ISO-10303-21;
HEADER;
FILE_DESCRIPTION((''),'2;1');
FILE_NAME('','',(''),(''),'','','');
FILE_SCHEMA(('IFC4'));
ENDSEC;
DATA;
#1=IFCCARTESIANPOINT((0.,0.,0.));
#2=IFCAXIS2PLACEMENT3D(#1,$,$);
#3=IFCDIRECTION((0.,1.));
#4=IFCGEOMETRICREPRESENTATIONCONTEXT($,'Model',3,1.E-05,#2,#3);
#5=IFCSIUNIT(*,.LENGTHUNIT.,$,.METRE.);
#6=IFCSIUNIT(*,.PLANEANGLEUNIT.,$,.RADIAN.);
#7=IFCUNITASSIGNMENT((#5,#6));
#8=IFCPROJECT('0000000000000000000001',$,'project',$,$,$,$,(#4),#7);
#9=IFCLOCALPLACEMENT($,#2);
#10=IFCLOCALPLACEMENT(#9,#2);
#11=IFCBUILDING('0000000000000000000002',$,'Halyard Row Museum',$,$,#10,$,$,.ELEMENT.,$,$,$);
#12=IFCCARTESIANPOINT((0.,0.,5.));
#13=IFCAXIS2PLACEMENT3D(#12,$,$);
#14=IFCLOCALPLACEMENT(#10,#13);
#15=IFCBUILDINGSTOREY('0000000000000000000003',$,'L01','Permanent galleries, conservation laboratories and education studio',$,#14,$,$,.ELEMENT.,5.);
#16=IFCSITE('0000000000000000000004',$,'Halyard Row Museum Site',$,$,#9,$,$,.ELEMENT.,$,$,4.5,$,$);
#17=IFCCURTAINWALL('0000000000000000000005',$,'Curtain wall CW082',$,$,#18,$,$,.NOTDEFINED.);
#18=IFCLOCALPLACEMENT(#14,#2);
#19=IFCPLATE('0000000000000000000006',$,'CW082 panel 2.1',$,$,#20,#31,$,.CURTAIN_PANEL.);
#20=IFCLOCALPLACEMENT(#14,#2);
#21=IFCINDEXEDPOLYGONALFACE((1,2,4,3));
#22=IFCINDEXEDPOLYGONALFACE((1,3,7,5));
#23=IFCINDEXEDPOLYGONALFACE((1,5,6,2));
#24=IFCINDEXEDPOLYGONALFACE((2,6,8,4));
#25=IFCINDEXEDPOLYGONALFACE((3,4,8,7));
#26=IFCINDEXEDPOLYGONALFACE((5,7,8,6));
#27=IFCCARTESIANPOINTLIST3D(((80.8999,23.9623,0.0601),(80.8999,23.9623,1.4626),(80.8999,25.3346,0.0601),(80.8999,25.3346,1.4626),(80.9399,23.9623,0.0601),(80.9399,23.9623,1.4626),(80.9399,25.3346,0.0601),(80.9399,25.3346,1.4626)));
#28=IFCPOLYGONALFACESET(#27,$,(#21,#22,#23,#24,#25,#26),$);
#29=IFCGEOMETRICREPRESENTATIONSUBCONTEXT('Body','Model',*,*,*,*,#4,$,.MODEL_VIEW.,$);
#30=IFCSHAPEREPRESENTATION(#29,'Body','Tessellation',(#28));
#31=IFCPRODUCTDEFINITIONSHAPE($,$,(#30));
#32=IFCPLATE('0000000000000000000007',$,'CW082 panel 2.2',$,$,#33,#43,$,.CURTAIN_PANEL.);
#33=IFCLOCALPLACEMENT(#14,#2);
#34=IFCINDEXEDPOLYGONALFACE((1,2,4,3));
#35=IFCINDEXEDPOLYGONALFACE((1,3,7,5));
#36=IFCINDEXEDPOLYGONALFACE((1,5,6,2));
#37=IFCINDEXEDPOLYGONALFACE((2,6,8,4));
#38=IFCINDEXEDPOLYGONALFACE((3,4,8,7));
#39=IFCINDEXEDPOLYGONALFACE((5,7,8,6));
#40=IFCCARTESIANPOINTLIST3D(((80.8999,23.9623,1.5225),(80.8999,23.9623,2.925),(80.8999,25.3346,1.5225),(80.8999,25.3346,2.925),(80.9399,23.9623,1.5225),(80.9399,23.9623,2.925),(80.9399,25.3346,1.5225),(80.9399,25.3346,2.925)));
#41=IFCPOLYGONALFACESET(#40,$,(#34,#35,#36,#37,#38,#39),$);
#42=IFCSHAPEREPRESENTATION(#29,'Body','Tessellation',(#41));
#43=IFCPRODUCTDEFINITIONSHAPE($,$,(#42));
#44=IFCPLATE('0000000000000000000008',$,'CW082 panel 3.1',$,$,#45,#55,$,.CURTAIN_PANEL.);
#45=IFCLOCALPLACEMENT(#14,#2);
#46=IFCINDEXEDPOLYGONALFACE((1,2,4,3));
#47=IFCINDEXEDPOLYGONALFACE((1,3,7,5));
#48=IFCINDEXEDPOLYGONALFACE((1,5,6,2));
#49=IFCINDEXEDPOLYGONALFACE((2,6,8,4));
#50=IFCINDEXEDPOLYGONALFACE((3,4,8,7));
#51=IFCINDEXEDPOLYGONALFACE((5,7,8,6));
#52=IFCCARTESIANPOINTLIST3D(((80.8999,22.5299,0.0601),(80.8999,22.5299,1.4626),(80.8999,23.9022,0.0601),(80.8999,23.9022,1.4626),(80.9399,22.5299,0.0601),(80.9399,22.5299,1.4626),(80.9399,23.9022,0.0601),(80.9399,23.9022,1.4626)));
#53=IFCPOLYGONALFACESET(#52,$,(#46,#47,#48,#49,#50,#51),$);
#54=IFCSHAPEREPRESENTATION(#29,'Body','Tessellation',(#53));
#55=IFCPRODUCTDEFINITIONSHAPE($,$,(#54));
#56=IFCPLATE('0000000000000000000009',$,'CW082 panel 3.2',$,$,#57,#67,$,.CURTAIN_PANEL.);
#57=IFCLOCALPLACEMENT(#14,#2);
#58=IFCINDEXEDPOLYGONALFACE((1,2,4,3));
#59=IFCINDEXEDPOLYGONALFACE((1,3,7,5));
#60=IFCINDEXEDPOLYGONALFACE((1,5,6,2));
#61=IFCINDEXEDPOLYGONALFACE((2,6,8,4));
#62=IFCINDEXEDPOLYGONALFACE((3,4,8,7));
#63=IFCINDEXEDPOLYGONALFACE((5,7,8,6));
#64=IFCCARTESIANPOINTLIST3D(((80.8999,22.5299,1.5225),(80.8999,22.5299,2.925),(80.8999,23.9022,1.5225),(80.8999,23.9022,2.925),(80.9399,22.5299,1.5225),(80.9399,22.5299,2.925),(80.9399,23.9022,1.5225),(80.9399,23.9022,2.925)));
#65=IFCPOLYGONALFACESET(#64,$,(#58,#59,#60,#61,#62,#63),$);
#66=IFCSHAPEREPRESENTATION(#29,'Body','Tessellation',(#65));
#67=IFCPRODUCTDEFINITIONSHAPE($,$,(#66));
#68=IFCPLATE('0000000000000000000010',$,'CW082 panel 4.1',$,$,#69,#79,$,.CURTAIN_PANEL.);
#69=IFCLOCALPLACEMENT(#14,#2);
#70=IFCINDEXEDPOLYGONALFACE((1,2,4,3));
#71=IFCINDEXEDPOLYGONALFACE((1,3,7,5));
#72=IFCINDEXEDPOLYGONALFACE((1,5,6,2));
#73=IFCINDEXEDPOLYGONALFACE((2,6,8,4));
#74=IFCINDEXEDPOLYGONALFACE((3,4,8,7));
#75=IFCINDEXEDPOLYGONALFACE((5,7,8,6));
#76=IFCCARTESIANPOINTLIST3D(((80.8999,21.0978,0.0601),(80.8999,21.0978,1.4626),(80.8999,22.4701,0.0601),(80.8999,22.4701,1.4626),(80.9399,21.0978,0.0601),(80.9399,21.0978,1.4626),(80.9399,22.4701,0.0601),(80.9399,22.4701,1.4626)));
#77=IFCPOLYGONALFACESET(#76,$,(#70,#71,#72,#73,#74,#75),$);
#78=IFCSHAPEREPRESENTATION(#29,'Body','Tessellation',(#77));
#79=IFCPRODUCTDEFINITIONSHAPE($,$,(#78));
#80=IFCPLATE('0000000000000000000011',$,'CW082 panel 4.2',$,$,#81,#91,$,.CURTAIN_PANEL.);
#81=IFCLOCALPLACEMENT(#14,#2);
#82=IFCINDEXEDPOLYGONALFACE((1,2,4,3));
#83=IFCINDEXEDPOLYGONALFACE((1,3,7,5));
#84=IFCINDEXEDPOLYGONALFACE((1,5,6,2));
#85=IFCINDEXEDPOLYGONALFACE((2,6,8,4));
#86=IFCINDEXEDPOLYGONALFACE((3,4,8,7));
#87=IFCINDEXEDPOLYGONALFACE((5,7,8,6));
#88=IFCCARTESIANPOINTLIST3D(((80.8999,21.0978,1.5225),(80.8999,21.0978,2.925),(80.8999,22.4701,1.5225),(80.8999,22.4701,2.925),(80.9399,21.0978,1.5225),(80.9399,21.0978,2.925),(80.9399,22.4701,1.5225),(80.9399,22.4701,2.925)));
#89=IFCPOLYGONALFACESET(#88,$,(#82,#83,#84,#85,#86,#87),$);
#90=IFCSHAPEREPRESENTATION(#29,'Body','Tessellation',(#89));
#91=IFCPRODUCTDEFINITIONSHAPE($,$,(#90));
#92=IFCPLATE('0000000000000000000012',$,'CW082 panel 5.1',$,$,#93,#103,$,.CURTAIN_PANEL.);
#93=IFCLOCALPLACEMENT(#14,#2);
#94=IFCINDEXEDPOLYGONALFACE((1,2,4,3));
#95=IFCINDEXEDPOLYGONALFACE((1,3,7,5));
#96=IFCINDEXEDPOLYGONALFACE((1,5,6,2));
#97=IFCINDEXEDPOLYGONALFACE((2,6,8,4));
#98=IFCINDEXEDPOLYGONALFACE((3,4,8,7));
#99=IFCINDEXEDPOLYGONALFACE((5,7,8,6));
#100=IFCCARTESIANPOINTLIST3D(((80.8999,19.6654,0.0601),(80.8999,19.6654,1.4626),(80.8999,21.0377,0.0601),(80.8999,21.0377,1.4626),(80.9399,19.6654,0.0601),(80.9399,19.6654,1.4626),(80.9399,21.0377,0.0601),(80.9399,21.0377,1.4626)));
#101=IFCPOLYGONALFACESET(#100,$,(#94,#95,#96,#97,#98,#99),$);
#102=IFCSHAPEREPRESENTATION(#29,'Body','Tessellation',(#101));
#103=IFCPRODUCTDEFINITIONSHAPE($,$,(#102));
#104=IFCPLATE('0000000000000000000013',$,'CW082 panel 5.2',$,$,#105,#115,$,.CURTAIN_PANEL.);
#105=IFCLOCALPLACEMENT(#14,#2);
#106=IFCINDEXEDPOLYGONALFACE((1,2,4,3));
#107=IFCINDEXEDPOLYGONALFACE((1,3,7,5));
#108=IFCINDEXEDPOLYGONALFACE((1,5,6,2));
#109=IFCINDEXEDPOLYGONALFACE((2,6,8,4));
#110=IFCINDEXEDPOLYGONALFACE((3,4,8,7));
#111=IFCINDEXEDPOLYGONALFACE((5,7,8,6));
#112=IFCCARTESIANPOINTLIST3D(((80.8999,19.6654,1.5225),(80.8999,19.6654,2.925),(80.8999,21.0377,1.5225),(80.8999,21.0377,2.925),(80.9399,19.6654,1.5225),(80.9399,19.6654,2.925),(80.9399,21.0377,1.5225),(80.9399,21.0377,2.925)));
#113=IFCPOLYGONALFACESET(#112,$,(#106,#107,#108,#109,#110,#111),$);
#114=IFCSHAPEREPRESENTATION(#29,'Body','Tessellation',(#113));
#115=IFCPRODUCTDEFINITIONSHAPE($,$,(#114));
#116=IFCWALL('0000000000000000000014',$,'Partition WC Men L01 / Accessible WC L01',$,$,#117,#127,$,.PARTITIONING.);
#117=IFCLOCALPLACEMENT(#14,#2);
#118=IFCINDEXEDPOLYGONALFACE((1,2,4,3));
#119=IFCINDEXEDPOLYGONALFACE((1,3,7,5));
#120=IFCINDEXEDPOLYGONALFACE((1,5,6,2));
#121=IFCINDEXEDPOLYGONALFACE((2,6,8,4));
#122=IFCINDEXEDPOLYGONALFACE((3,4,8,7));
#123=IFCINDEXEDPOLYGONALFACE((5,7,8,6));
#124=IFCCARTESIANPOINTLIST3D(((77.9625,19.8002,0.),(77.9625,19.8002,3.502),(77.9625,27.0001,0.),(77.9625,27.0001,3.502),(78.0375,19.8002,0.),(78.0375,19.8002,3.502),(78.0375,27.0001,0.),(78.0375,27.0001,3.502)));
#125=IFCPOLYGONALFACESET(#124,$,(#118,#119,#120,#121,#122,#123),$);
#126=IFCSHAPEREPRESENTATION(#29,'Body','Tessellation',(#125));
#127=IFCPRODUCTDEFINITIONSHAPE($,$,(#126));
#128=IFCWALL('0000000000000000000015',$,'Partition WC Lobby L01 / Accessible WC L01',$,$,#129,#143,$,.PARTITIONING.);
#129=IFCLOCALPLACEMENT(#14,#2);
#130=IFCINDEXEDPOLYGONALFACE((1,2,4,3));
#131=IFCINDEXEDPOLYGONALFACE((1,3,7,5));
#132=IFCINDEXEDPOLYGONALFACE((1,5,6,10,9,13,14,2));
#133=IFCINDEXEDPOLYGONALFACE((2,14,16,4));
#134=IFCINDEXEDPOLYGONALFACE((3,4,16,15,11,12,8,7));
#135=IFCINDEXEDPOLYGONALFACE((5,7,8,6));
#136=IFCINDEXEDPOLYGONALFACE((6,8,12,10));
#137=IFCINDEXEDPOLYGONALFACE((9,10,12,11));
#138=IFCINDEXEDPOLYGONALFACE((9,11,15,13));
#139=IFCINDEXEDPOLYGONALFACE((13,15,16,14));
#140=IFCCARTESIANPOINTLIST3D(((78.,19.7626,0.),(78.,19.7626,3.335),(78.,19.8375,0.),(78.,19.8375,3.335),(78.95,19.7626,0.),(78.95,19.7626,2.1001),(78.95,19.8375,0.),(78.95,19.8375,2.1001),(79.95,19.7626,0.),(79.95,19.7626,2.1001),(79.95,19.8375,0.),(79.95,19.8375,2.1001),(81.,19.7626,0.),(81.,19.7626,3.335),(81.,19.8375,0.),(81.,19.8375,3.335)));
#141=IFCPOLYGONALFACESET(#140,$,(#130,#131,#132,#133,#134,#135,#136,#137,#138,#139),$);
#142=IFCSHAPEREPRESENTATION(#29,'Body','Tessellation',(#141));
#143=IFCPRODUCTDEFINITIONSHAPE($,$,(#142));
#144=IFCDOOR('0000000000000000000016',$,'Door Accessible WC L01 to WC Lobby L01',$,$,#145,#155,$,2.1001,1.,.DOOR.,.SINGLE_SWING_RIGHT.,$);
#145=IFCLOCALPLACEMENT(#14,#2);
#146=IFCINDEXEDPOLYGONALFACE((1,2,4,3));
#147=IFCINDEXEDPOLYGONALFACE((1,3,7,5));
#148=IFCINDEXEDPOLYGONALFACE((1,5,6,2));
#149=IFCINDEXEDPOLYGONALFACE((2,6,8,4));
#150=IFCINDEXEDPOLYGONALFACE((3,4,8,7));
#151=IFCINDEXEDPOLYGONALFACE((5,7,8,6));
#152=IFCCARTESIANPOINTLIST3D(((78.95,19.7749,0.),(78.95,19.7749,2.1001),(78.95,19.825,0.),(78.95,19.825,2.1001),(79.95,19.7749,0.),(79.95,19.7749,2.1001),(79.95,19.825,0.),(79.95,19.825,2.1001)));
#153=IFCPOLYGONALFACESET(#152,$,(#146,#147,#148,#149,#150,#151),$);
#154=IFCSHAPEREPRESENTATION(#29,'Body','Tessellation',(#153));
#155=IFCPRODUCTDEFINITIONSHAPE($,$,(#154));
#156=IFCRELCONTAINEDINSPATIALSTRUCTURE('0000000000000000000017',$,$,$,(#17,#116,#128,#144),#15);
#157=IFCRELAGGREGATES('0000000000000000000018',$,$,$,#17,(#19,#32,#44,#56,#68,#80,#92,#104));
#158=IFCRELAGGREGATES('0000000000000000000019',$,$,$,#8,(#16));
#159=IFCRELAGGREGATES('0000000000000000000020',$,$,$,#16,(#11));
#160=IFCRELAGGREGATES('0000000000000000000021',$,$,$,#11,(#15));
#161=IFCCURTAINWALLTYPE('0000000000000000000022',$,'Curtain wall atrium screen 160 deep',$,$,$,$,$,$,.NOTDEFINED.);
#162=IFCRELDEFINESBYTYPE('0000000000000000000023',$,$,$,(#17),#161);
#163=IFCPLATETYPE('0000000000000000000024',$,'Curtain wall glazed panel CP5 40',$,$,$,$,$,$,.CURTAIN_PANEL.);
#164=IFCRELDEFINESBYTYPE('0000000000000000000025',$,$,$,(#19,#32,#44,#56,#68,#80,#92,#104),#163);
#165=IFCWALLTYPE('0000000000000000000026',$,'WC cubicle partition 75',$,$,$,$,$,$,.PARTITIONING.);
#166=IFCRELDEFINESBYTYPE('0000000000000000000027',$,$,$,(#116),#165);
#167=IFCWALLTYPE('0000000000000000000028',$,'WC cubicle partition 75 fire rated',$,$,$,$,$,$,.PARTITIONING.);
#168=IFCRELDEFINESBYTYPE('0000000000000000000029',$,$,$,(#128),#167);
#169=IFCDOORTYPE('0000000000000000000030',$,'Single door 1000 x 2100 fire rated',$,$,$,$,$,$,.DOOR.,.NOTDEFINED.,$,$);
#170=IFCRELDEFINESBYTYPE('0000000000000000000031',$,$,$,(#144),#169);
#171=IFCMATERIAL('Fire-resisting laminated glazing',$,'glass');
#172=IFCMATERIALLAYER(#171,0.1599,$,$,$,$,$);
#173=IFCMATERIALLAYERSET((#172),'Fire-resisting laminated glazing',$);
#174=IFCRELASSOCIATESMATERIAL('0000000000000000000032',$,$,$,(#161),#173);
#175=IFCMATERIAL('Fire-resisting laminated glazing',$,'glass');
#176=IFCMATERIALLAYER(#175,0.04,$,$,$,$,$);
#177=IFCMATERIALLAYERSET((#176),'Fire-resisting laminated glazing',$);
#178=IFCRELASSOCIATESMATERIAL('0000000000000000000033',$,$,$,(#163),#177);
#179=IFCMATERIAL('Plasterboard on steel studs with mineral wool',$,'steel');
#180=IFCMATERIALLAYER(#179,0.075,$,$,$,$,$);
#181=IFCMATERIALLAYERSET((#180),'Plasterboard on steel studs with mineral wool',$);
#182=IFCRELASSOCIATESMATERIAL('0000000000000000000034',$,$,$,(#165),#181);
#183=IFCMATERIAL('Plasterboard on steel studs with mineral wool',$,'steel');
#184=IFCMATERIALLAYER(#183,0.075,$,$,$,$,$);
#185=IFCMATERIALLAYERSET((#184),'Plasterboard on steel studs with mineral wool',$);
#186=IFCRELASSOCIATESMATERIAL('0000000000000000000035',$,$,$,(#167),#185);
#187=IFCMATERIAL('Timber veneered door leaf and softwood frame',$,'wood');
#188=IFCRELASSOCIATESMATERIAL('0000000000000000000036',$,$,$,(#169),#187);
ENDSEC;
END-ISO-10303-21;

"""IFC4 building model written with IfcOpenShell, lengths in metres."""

from ifc_helpers import new_model, si_unit, direction, frame, frame_2d, origin, origin_2d, place, context, subcontext, project, spatial, rectangle, extrude, material, layer, layer_set, type_object, element, fill, aggregate, save


model = new_model("IFC4")

# Units and contexts
model_context = context("Model", 3, precision=1e-05, world=origin(), true_north=direction((0.0, 1.0)))
body_context = subcontext(model_context, "Body", "Model", "MODEL_VIEW")
ifc_project = project(units=[si_unit("LENGTHUNIT", "METRE"), si_unit("PLANEANGLEUNIT", "RADIAN")], contexts=[model_context])

# Site, building, storey
site_placement = place(None, origin())
site = spatial("IfcSite", under=ifc_project, at=site_placement, Name="Halyard Row Museum Site", CompositionType="ELEMENT", RefElevation=4.5)
building_placement = place(site_placement, origin())
building = spatial("IfcBuilding", under=site, at=building_placement, Name="Halyard Row Museum", CompositionType="ELEMENT")
storey_placement = place(building_placement, frame((0.0, 0.0, 5.0)))
storey = spatial("IfcBuildingStorey", under=building, at=storey_placement, Name="L01", Description="Permanent galleries, conservation laboratories and education studio", CompositionType="ELEMENT", Elevation=5.0)

# Curtain wall, plates
ifc_material_1 = material(Name="Fire-resisting laminated glazing", Category="glass")
ifc_layer_1 = layer(ifc_material_1, 0.1599)
ifc_layer_set_1 = layer_set([ifc_layer_1], Name="Fire-resisting laminated glazing")
curtain_wall_type = type_object("IfcCurtainWallType", Name="Curtain wall atrium screen 160 deep", PredefinedType="NOTDEFINED", material=ifc_layer_set_1)
curtain_wall_placement = place(storey_placement, origin())
curtain_wall = element("IfcCurtainWall", 1, at=curtain_wall_placement, inside=storey, type_object=curtain_wall_type, Name="Curtain wall CW082", PredefinedType="NOTDEFINED")
ifc_material_2 = material(Name="Fire-resisting laminated glazing", Category="glass")
ifc_layer_2 = layer(ifc_material_2, 0.04)
ifc_layer_set_2 = layer_set([ifc_layer_2], Name="Fire-resisting laminated glazing")
plate_type = type_object("IfcPlateType", Name="Curtain wall glazed panel CP5 40", PredefinedType="CURTAIN_PANEL", material=ifc_layer_set_2)
plate_1_placement = place(storey_placement, frame((80.9199, 24.6484, 0.0601), z_axis=(0.0, 0.0, 1.0), x_axis=(0.0, -1.0, 0.0)))
plate_1 = element("IfcPlate", 2, at=plate_1_placement, type_object=plate_type, Name="CW082 panel 2.1", PredefinedType="CURTAIN_PANEL", context=body_context, shape_type="SweptSolid", body=[
    extrude(rectangle(XDim=1.3723, YDim=0.04, at=origin_2d()), origin(), (0.0, 0.0, 1.0), 1.4026),
])
plate_2_placement = place(storey_placement, frame((80.9199, 24.6484, 1.5225), z_axis=(0.0, 0.0, 1.0), x_axis=(0.0, -1.0, 0.0)))
plate_2 = element("IfcPlate", 3, at=plate_2_placement, type_object=plate_type, Name="CW082 panel 2.2", PredefinedType="CURTAIN_PANEL", context=body_context, shape_type="SweptSolid", body=[
    extrude(rectangle(XDim=1.3723, YDim=0.04, at=origin_2d()), origin(), (0.0, 0.0, 1.0), 1.4026),
])
plate_3_placement = place(storey_placement, frame((80.9199, 23.2161, 0.0601), z_axis=(0.0, 0.0, 1.0), x_axis=(0.0, -1.0, 0.0)))
plate_3 = element("IfcPlate", 4, at=plate_3_placement, type_object=plate_type, Name="CW082 panel 3.1", PredefinedType="CURTAIN_PANEL", context=body_context, shape_type="SweptSolid", body=[
    extrude(rectangle(XDim=1.3723, YDim=0.04, at=origin_2d()), origin(), (0.0, 0.0, 1.0), 1.4026),
])
plate_4_placement = place(storey_placement, frame((80.9199, 23.2161, 1.5225), z_axis=(0.0, 0.0, 1.0), x_axis=(0.0, -1.0, 0.0)))
plate_4 = element("IfcPlate", 5, at=plate_4_placement, type_object=plate_type, Name="CW082 panel 3.2", PredefinedType="CURTAIN_PANEL", context=body_context, shape_type="SweptSolid", body=[
    extrude(rectangle(XDim=1.3723, YDim=0.04, at=origin_2d()), origin(), (0.0, 0.0, 1.0), 1.4026),
])
plate_5_placement = place(storey_placement, frame((80.9199, 21.7839, 0.0601), z_axis=(0.0, 0.0, 1.0), x_axis=(0.0, -1.0, 0.0)))
plate_5 = element("IfcPlate", 6, at=plate_5_placement, type_object=plate_type, Name="CW082 panel 4.1", PredefinedType="CURTAIN_PANEL", context=body_context, shape_type="SweptSolid", body=[
    extrude(rectangle(XDim=1.3723, YDim=0.04, at=origin_2d()), origin(), (0.0, 0.0, 1.0), 1.4026),
])
plate_6_placement = place(storey_placement, frame((80.9199, 21.7839, 1.5225), z_axis=(0.0, 0.0, 1.0), x_axis=(0.0, -1.0, 0.0)))
plate_6 = element("IfcPlate", 7, at=plate_6_placement, type_object=plate_type, Name="CW082 panel 4.2", PredefinedType="CURTAIN_PANEL", context=body_context, shape_type="SweptSolid", body=[
    extrude(rectangle(XDim=1.3723, YDim=0.04, at=origin_2d()), origin(), (0.0, 0.0, 1.0), 1.4026),
])
plate_7_placement = place(storey_placement, frame((80.9199, 20.3516, 0.0601), z_axis=(0.0, 0.0, 1.0), x_axis=(0.0, -1.0, 0.0)))
plate_7 = element("IfcPlate", 8, at=plate_7_placement, type_object=plate_type, Name="CW082 panel 5.1", PredefinedType="CURTAIN_PANEL", context=body_context, shape_type="SweptSolid", body=[
    extrude(rectangle(XDim=1.3723, YDim=0.04, at=origin_2d()), origin(), (0.0, 0.0, 1.0), 1.4026),
])
plate_8_placement = place(storey_placement, frame((80.9199, 20.3516, 1.5225), z_axis=(0.0, 0.0, 1.0), x_axis=(0.0, -1.0, 0.0)))
plate_8 = element("IfcPlate", 9, at=plate_8_placement, type_object=plate_type, Name="CW082 panel 5.2", PredefinedType="CURTAIN_PANEL", context=body_context, shape_type="SweptSolid", body=[
    extrude(rectangle(XDim=1.3723, YDim=0.04, at=origin_2d()), origin(), (0.0, 0.0, 1.0), 1.4026),
])
aggregate(curtain_wall, [plate_1, plate_2, plate_3, plate_4, plate_5, plate_6, plate_7, plate_8])

# Wall
ifc_material_3 = material(Name="Plasterboard on steel studs with mineral wool", Category="steel")
ifc_layer_3 = layer(ifc_material_3, 0.075)
ifc_layer_set_3 = layer_set([ifc_layer_3], Name="Plasterboard on steel studs with mineral wool")
wall_type_1 = type_object("IfcWallType", Name="WC cubicle partition 75", PredefinedType="PARTITIONING", material=ifc_layer_set_3)
wall_1_placement = place(storey_placement, frame((78.0, 19.8, 0.0), z_axis=(0.0, 0.0, 1.0), x_axis=(0.0, 1.0, 0.0)))
element("IfcWall", 10, at=wall_1_placement, inside=storey, type_object=wall_type_1, Name="Partition WC Men L01 / Accessible WC L01", PredefinedType="PARTITIONING", context=body_context, shape_type="SweptSolid", body=[
    extrude(rectangle(XDim=7.2, YDim=0.075, at=frame_2d((3.6001, 0.0))), origin(), (0.0, 0.0, 1.0), 3.502),
])

# Wall, opening, door
ifc_material_4 = material(Name="Plasterboard on steel studs with mineral wool", Category="steel")
ifc_layer_4 = layer(ifc_material_4, 0.075)
ifc_layer_set_4 = layer_set([ifc_layer_4], Name="Plasterboard on steel studs with mineral wool")
wall_type_2 = type_object("IfcWallType", Name="WC cubicle partition 75 fire rated", PredefinedType="PARTITIONING", material=ifc_layer_set_4)
wall_2_placement = place(storey_placement, frame((78.0, 19.8, 0.0), z_axis=(0.0, 0.0, 1.0), x_axis=(1.0, 0.0, 0.0)))
wall_2 = element("IfcWall", 11, at=wall_2_placement, inside=storey, type_object=wall_type_2, Name="Partition WC Lobby L01 / Accessible WC L01", PredefinedType="PARTITIONING", context=body_context, shape_type="SweptSolid", body=[
    extrude(rectangle(XDim=3.0, YDim=0.075, at=frame_2d((1.5, 0.0))), origin(), (0.0, 0.0, 1.0), 3.335),
])
opening_placement = place(wall_2_placement, frame((0.95, 0.0, 0.0)))
opening = element("IfcOpeningElement", 12, at=opening_placement, cuts=wall_2, PredefinedType="OPENING", context=body_context, shape_type="SweptSolid", body=[
    extrude(rectangle(XDim=1.0, YDim=2.1001, at=frame_2d((0.5, 1.05))), frame((0.0, 0.0474, 0.0), z_axis=(0.0, -1.0, 0.0), x_axis=(1.0, 0.0, 0.0)), (0.0, 0.0, 1.0), 0.095),
])
ifc_material_5 = material(Name="Timber veneered door leaf and softwood frame", Category="wood")
door_type = type_object("IfcDoorType", Name="Single door 1000 x 2100 fire rated", OperationType="NOTDEFINED", PredefinedType="DOOR", material=ifc_material_5)
door_placement = place(opening_placement, origin())
door = element("IfcDoor", 13, at=door_placement, inside=storey, type_object=door_type, Name="Door Accessible WC L01 to WC Lobby L01", OperationType="SINGLE_SWING_RIGHT", OverallHeight=2.1001, OverallWidth=1.0, PredefinedType="DOOR", context=body_context, shape_type="SweptSolid", body=[
    extrude(rectangle(XDim=1.0, YDim=2.1001, at=frame_2d((0.5, 1.05))), frame((0.0, 0.0249, 0.0), z_axis=(0.0, -1.0, 0.0), x_axis=(1.0, 0.0, 0.0)), (0.0, 0.0, 1.0), 0.05),
])
fill(opening, door)

save(model, "model.ifc")
